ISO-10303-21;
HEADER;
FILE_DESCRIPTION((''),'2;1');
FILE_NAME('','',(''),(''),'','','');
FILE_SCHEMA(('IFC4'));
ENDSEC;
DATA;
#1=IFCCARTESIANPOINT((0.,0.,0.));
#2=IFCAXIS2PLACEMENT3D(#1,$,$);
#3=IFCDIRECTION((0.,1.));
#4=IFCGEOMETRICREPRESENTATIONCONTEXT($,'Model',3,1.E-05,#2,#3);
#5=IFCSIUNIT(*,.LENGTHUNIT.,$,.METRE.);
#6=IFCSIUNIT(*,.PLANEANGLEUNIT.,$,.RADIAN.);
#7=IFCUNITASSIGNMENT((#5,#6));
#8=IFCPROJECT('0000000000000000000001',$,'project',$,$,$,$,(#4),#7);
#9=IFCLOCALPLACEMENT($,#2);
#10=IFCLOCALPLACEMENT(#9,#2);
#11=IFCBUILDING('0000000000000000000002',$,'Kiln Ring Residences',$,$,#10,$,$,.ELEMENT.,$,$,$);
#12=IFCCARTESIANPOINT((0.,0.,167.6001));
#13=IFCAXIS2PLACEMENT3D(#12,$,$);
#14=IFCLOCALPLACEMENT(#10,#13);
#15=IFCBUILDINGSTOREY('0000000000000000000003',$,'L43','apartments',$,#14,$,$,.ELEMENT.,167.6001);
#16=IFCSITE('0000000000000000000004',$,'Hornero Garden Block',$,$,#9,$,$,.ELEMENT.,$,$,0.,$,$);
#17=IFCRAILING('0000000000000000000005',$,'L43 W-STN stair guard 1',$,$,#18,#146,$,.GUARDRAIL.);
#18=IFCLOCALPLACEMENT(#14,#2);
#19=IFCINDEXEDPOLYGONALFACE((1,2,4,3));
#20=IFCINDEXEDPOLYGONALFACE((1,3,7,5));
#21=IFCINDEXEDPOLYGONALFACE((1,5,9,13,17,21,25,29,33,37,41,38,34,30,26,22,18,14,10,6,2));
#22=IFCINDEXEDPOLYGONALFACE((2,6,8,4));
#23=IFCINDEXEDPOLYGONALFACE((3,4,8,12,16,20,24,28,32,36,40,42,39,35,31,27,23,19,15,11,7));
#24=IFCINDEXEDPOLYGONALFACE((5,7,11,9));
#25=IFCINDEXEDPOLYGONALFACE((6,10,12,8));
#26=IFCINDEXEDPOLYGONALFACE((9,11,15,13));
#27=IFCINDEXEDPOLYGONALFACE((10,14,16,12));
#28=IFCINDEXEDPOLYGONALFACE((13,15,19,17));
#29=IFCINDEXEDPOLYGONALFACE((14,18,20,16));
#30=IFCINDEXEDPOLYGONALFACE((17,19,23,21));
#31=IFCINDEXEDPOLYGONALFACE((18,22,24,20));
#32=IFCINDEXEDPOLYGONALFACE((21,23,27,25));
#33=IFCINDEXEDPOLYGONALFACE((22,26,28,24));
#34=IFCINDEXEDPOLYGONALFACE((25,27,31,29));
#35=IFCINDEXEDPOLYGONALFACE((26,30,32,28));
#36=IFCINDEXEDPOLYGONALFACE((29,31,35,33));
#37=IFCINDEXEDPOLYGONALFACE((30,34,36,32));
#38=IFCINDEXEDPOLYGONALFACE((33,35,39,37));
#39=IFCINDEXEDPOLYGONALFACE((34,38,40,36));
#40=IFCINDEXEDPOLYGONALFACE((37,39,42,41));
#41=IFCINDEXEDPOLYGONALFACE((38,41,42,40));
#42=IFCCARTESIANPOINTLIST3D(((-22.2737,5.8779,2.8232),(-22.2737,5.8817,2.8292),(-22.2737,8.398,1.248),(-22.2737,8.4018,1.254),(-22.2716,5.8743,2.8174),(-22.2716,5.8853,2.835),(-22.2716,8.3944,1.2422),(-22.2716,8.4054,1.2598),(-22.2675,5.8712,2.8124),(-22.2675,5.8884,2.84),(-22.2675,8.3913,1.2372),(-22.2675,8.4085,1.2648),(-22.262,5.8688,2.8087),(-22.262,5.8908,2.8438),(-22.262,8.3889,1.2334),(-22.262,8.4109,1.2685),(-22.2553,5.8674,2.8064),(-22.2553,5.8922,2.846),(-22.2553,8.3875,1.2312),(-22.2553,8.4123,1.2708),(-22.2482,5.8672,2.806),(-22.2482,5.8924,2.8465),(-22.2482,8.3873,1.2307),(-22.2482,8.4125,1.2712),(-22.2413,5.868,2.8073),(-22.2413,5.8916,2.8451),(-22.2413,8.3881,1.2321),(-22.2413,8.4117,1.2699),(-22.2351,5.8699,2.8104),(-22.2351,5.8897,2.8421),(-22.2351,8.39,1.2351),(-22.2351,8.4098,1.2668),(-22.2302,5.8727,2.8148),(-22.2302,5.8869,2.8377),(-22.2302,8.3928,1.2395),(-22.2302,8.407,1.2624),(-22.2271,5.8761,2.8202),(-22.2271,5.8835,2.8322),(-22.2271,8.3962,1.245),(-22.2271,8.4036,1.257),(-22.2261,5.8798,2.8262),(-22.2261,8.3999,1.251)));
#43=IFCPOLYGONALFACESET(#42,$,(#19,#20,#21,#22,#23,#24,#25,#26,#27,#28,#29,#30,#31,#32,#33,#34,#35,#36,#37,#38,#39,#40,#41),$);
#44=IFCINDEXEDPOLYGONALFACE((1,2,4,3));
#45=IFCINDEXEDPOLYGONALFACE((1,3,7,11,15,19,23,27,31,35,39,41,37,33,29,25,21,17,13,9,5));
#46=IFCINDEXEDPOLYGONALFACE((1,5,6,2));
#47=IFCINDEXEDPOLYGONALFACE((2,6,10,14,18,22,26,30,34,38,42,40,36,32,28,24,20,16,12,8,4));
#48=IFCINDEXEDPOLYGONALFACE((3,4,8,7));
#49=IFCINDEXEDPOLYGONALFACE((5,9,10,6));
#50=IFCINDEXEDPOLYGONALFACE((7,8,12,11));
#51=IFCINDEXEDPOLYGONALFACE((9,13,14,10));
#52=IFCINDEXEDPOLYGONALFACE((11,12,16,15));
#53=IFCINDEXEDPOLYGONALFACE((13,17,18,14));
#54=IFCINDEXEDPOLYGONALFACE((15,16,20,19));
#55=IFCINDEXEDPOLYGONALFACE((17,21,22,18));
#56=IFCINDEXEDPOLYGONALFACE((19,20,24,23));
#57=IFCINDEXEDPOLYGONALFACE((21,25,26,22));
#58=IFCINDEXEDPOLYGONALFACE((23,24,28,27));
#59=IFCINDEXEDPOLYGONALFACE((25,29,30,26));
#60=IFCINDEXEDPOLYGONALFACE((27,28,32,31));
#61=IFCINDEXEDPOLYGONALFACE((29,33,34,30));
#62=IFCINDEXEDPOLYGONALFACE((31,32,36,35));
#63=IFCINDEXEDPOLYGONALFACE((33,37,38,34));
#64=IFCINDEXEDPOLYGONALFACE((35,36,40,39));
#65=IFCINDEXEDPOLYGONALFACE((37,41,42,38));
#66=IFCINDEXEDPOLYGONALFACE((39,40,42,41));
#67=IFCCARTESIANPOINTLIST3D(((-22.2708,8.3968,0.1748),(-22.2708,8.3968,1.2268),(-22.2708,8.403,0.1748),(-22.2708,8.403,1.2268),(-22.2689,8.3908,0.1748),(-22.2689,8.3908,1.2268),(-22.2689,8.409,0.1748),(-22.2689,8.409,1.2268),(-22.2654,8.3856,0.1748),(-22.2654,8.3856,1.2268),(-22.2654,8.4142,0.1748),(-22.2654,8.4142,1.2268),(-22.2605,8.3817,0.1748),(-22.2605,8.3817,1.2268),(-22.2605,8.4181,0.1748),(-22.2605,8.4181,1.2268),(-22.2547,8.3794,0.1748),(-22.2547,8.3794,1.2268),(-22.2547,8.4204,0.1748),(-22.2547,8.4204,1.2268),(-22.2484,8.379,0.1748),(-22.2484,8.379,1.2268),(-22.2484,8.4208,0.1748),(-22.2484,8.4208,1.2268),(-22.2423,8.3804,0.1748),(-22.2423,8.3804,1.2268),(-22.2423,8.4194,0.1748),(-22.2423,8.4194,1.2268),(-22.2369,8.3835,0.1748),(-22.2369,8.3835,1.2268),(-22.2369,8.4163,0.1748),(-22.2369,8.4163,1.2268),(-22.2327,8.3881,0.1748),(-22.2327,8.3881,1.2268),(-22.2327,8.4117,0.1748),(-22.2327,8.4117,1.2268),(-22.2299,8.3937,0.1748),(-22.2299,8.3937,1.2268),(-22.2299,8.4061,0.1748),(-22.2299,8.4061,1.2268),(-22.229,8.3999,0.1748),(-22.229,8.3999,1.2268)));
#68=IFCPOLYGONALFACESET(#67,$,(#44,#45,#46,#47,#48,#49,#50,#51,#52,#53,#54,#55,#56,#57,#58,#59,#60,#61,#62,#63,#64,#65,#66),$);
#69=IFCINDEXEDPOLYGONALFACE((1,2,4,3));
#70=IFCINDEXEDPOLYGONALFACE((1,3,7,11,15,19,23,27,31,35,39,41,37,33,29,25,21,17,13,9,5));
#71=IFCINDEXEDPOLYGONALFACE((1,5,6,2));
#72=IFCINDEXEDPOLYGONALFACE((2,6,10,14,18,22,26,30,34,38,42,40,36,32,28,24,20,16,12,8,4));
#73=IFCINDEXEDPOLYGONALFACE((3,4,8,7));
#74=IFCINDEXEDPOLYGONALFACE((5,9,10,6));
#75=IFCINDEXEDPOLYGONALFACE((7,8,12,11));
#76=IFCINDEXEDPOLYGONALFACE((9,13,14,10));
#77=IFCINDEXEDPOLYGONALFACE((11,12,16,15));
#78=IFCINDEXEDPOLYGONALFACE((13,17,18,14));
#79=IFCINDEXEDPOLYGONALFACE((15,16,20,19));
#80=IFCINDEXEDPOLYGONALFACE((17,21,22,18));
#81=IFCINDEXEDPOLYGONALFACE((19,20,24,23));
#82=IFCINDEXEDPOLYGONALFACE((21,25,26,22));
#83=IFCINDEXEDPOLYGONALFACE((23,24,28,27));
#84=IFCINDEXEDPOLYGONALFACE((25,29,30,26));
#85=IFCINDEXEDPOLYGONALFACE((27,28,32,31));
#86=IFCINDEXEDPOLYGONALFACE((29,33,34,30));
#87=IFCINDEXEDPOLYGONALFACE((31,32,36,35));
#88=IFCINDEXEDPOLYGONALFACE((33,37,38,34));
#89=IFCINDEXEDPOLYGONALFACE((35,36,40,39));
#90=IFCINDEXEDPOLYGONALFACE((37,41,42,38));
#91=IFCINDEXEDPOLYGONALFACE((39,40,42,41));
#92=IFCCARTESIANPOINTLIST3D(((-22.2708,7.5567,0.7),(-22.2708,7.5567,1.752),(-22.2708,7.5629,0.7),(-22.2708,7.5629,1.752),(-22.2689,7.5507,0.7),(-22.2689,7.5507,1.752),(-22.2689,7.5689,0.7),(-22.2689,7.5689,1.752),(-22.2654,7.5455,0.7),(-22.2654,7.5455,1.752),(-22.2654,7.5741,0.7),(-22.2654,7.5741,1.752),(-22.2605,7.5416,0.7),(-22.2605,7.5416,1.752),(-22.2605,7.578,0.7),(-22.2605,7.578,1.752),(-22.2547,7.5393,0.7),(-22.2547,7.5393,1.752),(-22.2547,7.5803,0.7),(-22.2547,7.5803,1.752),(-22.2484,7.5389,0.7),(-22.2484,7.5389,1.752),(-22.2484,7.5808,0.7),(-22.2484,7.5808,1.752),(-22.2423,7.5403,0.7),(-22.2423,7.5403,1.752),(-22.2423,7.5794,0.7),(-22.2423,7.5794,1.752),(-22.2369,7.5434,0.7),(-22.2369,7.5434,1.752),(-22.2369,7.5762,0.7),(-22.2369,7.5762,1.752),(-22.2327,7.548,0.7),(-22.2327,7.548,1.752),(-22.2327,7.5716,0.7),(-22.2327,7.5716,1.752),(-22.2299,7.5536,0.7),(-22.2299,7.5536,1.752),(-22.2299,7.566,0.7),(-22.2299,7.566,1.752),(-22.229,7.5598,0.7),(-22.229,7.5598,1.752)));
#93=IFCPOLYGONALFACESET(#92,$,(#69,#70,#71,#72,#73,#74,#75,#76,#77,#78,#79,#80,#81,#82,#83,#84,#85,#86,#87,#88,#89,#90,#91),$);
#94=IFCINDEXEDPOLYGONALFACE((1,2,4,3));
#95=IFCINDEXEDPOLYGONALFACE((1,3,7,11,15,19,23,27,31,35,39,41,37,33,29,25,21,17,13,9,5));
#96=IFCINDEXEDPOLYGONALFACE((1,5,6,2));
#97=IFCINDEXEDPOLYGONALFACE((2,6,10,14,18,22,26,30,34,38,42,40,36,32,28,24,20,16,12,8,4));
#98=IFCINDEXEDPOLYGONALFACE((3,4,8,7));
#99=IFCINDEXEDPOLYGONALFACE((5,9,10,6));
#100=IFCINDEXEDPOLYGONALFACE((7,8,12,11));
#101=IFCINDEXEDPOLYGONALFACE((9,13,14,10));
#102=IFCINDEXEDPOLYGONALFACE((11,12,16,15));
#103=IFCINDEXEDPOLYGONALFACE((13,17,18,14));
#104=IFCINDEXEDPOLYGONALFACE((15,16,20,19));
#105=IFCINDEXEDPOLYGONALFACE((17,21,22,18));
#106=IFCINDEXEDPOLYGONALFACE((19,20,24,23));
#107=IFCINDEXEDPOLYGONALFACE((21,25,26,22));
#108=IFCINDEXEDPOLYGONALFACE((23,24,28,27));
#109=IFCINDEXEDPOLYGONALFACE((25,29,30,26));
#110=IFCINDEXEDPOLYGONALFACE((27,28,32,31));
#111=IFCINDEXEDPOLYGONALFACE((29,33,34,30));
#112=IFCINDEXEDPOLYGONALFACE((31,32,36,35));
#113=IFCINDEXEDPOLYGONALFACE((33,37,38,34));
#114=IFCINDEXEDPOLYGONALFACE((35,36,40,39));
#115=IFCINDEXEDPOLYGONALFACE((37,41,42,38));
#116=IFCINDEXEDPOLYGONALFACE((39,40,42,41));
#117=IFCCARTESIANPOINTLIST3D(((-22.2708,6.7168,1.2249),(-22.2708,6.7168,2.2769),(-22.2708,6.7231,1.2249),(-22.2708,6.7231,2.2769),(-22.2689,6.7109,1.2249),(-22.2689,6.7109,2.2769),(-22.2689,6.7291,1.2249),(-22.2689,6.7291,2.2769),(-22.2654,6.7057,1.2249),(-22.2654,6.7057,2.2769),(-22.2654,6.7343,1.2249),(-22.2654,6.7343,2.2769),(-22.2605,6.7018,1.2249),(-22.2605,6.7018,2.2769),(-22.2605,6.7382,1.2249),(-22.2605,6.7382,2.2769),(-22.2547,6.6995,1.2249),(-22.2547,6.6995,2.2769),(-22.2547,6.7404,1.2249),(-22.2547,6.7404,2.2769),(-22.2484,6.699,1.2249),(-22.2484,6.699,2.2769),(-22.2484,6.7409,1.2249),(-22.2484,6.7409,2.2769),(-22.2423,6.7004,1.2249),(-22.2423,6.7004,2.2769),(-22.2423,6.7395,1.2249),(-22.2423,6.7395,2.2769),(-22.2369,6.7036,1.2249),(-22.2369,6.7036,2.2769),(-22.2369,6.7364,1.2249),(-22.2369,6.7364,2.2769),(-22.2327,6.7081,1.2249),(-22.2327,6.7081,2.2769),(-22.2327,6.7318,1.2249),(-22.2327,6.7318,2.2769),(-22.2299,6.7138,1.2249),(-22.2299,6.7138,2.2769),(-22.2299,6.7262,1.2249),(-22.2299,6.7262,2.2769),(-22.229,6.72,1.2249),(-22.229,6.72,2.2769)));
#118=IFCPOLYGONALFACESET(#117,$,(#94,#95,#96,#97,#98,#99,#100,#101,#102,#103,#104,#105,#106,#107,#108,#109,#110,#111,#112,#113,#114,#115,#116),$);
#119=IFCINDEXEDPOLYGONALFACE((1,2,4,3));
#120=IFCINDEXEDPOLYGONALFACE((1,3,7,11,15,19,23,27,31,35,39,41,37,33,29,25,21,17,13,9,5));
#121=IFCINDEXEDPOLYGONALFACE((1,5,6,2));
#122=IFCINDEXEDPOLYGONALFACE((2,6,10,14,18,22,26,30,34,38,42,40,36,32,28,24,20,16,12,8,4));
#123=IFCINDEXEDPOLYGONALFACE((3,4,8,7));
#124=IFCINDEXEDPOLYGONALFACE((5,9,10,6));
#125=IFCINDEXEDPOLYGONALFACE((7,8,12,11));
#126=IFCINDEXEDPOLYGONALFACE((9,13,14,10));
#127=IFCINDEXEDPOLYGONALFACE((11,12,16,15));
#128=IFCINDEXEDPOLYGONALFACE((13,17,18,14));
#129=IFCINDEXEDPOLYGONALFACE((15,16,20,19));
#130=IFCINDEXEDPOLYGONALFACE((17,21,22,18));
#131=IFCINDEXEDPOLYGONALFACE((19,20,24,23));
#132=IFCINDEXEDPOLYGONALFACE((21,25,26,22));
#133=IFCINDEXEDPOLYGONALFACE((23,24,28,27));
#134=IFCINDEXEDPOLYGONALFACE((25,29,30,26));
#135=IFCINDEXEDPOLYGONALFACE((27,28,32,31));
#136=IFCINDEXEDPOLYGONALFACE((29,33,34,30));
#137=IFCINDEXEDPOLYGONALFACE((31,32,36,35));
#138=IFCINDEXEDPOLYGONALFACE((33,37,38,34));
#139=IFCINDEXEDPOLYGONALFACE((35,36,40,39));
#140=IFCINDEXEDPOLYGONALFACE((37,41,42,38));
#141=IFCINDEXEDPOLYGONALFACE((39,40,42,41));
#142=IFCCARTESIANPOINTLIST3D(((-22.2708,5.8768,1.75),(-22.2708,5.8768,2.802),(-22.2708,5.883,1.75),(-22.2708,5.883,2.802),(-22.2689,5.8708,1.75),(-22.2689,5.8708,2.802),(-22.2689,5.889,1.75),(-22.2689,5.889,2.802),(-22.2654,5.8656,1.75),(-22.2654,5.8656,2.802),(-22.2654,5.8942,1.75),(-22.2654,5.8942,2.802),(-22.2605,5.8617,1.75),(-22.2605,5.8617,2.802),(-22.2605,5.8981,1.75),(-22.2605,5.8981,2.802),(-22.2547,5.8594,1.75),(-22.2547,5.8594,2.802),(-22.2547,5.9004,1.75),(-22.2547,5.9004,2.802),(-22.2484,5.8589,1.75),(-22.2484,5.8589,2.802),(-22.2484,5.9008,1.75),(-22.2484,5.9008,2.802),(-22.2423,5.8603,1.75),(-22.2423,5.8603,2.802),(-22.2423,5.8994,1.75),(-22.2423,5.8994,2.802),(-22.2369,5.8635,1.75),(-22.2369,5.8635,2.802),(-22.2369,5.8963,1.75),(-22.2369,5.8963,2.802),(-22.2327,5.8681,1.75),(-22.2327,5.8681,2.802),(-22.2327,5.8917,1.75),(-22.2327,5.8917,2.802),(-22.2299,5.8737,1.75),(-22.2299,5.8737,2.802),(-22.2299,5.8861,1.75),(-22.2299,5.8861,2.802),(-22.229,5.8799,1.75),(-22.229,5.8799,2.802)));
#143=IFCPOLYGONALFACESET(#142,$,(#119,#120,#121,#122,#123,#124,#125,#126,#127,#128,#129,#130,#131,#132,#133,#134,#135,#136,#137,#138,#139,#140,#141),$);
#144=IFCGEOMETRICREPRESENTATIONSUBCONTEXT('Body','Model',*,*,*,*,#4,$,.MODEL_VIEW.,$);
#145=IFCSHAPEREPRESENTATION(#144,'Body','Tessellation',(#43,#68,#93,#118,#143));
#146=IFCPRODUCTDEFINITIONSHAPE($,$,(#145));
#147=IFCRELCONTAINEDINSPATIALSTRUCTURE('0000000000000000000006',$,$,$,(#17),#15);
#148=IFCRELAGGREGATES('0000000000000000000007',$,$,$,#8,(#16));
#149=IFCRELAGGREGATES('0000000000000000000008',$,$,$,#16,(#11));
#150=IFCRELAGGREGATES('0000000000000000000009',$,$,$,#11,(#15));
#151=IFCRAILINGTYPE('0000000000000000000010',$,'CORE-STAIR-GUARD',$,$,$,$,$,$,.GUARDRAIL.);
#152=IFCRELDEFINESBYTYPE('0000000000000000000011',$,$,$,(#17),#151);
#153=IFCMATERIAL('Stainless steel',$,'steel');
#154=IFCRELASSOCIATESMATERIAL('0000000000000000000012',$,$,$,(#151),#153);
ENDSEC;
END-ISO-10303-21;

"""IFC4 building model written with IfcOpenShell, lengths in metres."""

from ifc_helpers import new_model, si_unit, direction, frame, origin, origin_2d, place, context, subcontext, project, spatial, circle, extrude, material, type_object, element, save


model = new_model("IFC4")

# Units and contexts
model_context = context("Model", 3, precision=1e-05, world=origin(), true_north=direction((0.0, 1.0)))
body_context = subcontext(model_context, "Body", "Model", "MODEL_VIEW")
ifc_project = project(units=[si_unit("LENGTHUNIT", "METRE"), si_unit("PLANEANGLEUNIT", "RADIAN")], contexts=[model_context])

# Site, building, storey
site_placement = place(None, origin())
site = spatial("IfcSite", under=ifc_project, at=site_placement, Name="Hornero Garden Block", CompositionType="ELEMENT", RefElevation=0.0)
building_placement = place(site_placement, origin())
building = spatial("IfcBuilding", under=site, at=building_placement, Name="Kiln Ring Residences", CompositionType="ELEMENT")
storey_placement = place(building_placement, frame((0.0, 0.0, 167.6001)))
storey = spatial("IfcBuildingStorey", under=building, at=storey_placement, Name="L43", Description="apartments", CompositionType="ELEMENT", Elevation=167.6001)

# Railing
ifc_material_1 = material(Name="Stainless steel", Category="steel")
railing_type_1 = type_object("IfcRailingType", Name="CORE-STAIR-GUARD", PredefinedType="GUARDRAIL", material=ifc_material_1)
railing_1_placement = place(storey_placement, frame((-22.25, 8.3999, 0.1748)))
element("IfcRailing", 1, at=railing_1_placement, inside=storey, type_object=railing_type_1, Name="L43 W-STN stair guard 1", PredefinedType="GUARDRAIL", context=body_context, shape_type="SweptSolid", body=[
    extrude(circle(Radius=0.0239, at=origin_2d()), frame((0.0, 0.0, 1.0762), z_axis=(0.0, -0.847971, 0.530043), x_axis=(1.0, 0.0, 0.0)), (0.0, 0.0, 1.0), 2.9719),
    extrude(circle(Radius=0.021, at=origin_2d()), origin(), (0.0, 0.0, 1.0), 1.052),
    extrude(circle(Radius=0.021, at=origin_2d()), frame((0.0, -0.8401, 0.5251)), (0.0, 0.0, 1.0), 1.052),
    extrude(circle(Radius=0.021, at=origin_2d()), frame((0.0, -1.6799, 1.05)), (0.0, 0.0, 1.0), 1.052),
    extrude(circle(Radius=0.021, at=origin_2d()), frame((0.0, -2.52, 1.5752)), (0.0, 0.0, 1.0), 1.052),
])

save(model, "model.ifc")
